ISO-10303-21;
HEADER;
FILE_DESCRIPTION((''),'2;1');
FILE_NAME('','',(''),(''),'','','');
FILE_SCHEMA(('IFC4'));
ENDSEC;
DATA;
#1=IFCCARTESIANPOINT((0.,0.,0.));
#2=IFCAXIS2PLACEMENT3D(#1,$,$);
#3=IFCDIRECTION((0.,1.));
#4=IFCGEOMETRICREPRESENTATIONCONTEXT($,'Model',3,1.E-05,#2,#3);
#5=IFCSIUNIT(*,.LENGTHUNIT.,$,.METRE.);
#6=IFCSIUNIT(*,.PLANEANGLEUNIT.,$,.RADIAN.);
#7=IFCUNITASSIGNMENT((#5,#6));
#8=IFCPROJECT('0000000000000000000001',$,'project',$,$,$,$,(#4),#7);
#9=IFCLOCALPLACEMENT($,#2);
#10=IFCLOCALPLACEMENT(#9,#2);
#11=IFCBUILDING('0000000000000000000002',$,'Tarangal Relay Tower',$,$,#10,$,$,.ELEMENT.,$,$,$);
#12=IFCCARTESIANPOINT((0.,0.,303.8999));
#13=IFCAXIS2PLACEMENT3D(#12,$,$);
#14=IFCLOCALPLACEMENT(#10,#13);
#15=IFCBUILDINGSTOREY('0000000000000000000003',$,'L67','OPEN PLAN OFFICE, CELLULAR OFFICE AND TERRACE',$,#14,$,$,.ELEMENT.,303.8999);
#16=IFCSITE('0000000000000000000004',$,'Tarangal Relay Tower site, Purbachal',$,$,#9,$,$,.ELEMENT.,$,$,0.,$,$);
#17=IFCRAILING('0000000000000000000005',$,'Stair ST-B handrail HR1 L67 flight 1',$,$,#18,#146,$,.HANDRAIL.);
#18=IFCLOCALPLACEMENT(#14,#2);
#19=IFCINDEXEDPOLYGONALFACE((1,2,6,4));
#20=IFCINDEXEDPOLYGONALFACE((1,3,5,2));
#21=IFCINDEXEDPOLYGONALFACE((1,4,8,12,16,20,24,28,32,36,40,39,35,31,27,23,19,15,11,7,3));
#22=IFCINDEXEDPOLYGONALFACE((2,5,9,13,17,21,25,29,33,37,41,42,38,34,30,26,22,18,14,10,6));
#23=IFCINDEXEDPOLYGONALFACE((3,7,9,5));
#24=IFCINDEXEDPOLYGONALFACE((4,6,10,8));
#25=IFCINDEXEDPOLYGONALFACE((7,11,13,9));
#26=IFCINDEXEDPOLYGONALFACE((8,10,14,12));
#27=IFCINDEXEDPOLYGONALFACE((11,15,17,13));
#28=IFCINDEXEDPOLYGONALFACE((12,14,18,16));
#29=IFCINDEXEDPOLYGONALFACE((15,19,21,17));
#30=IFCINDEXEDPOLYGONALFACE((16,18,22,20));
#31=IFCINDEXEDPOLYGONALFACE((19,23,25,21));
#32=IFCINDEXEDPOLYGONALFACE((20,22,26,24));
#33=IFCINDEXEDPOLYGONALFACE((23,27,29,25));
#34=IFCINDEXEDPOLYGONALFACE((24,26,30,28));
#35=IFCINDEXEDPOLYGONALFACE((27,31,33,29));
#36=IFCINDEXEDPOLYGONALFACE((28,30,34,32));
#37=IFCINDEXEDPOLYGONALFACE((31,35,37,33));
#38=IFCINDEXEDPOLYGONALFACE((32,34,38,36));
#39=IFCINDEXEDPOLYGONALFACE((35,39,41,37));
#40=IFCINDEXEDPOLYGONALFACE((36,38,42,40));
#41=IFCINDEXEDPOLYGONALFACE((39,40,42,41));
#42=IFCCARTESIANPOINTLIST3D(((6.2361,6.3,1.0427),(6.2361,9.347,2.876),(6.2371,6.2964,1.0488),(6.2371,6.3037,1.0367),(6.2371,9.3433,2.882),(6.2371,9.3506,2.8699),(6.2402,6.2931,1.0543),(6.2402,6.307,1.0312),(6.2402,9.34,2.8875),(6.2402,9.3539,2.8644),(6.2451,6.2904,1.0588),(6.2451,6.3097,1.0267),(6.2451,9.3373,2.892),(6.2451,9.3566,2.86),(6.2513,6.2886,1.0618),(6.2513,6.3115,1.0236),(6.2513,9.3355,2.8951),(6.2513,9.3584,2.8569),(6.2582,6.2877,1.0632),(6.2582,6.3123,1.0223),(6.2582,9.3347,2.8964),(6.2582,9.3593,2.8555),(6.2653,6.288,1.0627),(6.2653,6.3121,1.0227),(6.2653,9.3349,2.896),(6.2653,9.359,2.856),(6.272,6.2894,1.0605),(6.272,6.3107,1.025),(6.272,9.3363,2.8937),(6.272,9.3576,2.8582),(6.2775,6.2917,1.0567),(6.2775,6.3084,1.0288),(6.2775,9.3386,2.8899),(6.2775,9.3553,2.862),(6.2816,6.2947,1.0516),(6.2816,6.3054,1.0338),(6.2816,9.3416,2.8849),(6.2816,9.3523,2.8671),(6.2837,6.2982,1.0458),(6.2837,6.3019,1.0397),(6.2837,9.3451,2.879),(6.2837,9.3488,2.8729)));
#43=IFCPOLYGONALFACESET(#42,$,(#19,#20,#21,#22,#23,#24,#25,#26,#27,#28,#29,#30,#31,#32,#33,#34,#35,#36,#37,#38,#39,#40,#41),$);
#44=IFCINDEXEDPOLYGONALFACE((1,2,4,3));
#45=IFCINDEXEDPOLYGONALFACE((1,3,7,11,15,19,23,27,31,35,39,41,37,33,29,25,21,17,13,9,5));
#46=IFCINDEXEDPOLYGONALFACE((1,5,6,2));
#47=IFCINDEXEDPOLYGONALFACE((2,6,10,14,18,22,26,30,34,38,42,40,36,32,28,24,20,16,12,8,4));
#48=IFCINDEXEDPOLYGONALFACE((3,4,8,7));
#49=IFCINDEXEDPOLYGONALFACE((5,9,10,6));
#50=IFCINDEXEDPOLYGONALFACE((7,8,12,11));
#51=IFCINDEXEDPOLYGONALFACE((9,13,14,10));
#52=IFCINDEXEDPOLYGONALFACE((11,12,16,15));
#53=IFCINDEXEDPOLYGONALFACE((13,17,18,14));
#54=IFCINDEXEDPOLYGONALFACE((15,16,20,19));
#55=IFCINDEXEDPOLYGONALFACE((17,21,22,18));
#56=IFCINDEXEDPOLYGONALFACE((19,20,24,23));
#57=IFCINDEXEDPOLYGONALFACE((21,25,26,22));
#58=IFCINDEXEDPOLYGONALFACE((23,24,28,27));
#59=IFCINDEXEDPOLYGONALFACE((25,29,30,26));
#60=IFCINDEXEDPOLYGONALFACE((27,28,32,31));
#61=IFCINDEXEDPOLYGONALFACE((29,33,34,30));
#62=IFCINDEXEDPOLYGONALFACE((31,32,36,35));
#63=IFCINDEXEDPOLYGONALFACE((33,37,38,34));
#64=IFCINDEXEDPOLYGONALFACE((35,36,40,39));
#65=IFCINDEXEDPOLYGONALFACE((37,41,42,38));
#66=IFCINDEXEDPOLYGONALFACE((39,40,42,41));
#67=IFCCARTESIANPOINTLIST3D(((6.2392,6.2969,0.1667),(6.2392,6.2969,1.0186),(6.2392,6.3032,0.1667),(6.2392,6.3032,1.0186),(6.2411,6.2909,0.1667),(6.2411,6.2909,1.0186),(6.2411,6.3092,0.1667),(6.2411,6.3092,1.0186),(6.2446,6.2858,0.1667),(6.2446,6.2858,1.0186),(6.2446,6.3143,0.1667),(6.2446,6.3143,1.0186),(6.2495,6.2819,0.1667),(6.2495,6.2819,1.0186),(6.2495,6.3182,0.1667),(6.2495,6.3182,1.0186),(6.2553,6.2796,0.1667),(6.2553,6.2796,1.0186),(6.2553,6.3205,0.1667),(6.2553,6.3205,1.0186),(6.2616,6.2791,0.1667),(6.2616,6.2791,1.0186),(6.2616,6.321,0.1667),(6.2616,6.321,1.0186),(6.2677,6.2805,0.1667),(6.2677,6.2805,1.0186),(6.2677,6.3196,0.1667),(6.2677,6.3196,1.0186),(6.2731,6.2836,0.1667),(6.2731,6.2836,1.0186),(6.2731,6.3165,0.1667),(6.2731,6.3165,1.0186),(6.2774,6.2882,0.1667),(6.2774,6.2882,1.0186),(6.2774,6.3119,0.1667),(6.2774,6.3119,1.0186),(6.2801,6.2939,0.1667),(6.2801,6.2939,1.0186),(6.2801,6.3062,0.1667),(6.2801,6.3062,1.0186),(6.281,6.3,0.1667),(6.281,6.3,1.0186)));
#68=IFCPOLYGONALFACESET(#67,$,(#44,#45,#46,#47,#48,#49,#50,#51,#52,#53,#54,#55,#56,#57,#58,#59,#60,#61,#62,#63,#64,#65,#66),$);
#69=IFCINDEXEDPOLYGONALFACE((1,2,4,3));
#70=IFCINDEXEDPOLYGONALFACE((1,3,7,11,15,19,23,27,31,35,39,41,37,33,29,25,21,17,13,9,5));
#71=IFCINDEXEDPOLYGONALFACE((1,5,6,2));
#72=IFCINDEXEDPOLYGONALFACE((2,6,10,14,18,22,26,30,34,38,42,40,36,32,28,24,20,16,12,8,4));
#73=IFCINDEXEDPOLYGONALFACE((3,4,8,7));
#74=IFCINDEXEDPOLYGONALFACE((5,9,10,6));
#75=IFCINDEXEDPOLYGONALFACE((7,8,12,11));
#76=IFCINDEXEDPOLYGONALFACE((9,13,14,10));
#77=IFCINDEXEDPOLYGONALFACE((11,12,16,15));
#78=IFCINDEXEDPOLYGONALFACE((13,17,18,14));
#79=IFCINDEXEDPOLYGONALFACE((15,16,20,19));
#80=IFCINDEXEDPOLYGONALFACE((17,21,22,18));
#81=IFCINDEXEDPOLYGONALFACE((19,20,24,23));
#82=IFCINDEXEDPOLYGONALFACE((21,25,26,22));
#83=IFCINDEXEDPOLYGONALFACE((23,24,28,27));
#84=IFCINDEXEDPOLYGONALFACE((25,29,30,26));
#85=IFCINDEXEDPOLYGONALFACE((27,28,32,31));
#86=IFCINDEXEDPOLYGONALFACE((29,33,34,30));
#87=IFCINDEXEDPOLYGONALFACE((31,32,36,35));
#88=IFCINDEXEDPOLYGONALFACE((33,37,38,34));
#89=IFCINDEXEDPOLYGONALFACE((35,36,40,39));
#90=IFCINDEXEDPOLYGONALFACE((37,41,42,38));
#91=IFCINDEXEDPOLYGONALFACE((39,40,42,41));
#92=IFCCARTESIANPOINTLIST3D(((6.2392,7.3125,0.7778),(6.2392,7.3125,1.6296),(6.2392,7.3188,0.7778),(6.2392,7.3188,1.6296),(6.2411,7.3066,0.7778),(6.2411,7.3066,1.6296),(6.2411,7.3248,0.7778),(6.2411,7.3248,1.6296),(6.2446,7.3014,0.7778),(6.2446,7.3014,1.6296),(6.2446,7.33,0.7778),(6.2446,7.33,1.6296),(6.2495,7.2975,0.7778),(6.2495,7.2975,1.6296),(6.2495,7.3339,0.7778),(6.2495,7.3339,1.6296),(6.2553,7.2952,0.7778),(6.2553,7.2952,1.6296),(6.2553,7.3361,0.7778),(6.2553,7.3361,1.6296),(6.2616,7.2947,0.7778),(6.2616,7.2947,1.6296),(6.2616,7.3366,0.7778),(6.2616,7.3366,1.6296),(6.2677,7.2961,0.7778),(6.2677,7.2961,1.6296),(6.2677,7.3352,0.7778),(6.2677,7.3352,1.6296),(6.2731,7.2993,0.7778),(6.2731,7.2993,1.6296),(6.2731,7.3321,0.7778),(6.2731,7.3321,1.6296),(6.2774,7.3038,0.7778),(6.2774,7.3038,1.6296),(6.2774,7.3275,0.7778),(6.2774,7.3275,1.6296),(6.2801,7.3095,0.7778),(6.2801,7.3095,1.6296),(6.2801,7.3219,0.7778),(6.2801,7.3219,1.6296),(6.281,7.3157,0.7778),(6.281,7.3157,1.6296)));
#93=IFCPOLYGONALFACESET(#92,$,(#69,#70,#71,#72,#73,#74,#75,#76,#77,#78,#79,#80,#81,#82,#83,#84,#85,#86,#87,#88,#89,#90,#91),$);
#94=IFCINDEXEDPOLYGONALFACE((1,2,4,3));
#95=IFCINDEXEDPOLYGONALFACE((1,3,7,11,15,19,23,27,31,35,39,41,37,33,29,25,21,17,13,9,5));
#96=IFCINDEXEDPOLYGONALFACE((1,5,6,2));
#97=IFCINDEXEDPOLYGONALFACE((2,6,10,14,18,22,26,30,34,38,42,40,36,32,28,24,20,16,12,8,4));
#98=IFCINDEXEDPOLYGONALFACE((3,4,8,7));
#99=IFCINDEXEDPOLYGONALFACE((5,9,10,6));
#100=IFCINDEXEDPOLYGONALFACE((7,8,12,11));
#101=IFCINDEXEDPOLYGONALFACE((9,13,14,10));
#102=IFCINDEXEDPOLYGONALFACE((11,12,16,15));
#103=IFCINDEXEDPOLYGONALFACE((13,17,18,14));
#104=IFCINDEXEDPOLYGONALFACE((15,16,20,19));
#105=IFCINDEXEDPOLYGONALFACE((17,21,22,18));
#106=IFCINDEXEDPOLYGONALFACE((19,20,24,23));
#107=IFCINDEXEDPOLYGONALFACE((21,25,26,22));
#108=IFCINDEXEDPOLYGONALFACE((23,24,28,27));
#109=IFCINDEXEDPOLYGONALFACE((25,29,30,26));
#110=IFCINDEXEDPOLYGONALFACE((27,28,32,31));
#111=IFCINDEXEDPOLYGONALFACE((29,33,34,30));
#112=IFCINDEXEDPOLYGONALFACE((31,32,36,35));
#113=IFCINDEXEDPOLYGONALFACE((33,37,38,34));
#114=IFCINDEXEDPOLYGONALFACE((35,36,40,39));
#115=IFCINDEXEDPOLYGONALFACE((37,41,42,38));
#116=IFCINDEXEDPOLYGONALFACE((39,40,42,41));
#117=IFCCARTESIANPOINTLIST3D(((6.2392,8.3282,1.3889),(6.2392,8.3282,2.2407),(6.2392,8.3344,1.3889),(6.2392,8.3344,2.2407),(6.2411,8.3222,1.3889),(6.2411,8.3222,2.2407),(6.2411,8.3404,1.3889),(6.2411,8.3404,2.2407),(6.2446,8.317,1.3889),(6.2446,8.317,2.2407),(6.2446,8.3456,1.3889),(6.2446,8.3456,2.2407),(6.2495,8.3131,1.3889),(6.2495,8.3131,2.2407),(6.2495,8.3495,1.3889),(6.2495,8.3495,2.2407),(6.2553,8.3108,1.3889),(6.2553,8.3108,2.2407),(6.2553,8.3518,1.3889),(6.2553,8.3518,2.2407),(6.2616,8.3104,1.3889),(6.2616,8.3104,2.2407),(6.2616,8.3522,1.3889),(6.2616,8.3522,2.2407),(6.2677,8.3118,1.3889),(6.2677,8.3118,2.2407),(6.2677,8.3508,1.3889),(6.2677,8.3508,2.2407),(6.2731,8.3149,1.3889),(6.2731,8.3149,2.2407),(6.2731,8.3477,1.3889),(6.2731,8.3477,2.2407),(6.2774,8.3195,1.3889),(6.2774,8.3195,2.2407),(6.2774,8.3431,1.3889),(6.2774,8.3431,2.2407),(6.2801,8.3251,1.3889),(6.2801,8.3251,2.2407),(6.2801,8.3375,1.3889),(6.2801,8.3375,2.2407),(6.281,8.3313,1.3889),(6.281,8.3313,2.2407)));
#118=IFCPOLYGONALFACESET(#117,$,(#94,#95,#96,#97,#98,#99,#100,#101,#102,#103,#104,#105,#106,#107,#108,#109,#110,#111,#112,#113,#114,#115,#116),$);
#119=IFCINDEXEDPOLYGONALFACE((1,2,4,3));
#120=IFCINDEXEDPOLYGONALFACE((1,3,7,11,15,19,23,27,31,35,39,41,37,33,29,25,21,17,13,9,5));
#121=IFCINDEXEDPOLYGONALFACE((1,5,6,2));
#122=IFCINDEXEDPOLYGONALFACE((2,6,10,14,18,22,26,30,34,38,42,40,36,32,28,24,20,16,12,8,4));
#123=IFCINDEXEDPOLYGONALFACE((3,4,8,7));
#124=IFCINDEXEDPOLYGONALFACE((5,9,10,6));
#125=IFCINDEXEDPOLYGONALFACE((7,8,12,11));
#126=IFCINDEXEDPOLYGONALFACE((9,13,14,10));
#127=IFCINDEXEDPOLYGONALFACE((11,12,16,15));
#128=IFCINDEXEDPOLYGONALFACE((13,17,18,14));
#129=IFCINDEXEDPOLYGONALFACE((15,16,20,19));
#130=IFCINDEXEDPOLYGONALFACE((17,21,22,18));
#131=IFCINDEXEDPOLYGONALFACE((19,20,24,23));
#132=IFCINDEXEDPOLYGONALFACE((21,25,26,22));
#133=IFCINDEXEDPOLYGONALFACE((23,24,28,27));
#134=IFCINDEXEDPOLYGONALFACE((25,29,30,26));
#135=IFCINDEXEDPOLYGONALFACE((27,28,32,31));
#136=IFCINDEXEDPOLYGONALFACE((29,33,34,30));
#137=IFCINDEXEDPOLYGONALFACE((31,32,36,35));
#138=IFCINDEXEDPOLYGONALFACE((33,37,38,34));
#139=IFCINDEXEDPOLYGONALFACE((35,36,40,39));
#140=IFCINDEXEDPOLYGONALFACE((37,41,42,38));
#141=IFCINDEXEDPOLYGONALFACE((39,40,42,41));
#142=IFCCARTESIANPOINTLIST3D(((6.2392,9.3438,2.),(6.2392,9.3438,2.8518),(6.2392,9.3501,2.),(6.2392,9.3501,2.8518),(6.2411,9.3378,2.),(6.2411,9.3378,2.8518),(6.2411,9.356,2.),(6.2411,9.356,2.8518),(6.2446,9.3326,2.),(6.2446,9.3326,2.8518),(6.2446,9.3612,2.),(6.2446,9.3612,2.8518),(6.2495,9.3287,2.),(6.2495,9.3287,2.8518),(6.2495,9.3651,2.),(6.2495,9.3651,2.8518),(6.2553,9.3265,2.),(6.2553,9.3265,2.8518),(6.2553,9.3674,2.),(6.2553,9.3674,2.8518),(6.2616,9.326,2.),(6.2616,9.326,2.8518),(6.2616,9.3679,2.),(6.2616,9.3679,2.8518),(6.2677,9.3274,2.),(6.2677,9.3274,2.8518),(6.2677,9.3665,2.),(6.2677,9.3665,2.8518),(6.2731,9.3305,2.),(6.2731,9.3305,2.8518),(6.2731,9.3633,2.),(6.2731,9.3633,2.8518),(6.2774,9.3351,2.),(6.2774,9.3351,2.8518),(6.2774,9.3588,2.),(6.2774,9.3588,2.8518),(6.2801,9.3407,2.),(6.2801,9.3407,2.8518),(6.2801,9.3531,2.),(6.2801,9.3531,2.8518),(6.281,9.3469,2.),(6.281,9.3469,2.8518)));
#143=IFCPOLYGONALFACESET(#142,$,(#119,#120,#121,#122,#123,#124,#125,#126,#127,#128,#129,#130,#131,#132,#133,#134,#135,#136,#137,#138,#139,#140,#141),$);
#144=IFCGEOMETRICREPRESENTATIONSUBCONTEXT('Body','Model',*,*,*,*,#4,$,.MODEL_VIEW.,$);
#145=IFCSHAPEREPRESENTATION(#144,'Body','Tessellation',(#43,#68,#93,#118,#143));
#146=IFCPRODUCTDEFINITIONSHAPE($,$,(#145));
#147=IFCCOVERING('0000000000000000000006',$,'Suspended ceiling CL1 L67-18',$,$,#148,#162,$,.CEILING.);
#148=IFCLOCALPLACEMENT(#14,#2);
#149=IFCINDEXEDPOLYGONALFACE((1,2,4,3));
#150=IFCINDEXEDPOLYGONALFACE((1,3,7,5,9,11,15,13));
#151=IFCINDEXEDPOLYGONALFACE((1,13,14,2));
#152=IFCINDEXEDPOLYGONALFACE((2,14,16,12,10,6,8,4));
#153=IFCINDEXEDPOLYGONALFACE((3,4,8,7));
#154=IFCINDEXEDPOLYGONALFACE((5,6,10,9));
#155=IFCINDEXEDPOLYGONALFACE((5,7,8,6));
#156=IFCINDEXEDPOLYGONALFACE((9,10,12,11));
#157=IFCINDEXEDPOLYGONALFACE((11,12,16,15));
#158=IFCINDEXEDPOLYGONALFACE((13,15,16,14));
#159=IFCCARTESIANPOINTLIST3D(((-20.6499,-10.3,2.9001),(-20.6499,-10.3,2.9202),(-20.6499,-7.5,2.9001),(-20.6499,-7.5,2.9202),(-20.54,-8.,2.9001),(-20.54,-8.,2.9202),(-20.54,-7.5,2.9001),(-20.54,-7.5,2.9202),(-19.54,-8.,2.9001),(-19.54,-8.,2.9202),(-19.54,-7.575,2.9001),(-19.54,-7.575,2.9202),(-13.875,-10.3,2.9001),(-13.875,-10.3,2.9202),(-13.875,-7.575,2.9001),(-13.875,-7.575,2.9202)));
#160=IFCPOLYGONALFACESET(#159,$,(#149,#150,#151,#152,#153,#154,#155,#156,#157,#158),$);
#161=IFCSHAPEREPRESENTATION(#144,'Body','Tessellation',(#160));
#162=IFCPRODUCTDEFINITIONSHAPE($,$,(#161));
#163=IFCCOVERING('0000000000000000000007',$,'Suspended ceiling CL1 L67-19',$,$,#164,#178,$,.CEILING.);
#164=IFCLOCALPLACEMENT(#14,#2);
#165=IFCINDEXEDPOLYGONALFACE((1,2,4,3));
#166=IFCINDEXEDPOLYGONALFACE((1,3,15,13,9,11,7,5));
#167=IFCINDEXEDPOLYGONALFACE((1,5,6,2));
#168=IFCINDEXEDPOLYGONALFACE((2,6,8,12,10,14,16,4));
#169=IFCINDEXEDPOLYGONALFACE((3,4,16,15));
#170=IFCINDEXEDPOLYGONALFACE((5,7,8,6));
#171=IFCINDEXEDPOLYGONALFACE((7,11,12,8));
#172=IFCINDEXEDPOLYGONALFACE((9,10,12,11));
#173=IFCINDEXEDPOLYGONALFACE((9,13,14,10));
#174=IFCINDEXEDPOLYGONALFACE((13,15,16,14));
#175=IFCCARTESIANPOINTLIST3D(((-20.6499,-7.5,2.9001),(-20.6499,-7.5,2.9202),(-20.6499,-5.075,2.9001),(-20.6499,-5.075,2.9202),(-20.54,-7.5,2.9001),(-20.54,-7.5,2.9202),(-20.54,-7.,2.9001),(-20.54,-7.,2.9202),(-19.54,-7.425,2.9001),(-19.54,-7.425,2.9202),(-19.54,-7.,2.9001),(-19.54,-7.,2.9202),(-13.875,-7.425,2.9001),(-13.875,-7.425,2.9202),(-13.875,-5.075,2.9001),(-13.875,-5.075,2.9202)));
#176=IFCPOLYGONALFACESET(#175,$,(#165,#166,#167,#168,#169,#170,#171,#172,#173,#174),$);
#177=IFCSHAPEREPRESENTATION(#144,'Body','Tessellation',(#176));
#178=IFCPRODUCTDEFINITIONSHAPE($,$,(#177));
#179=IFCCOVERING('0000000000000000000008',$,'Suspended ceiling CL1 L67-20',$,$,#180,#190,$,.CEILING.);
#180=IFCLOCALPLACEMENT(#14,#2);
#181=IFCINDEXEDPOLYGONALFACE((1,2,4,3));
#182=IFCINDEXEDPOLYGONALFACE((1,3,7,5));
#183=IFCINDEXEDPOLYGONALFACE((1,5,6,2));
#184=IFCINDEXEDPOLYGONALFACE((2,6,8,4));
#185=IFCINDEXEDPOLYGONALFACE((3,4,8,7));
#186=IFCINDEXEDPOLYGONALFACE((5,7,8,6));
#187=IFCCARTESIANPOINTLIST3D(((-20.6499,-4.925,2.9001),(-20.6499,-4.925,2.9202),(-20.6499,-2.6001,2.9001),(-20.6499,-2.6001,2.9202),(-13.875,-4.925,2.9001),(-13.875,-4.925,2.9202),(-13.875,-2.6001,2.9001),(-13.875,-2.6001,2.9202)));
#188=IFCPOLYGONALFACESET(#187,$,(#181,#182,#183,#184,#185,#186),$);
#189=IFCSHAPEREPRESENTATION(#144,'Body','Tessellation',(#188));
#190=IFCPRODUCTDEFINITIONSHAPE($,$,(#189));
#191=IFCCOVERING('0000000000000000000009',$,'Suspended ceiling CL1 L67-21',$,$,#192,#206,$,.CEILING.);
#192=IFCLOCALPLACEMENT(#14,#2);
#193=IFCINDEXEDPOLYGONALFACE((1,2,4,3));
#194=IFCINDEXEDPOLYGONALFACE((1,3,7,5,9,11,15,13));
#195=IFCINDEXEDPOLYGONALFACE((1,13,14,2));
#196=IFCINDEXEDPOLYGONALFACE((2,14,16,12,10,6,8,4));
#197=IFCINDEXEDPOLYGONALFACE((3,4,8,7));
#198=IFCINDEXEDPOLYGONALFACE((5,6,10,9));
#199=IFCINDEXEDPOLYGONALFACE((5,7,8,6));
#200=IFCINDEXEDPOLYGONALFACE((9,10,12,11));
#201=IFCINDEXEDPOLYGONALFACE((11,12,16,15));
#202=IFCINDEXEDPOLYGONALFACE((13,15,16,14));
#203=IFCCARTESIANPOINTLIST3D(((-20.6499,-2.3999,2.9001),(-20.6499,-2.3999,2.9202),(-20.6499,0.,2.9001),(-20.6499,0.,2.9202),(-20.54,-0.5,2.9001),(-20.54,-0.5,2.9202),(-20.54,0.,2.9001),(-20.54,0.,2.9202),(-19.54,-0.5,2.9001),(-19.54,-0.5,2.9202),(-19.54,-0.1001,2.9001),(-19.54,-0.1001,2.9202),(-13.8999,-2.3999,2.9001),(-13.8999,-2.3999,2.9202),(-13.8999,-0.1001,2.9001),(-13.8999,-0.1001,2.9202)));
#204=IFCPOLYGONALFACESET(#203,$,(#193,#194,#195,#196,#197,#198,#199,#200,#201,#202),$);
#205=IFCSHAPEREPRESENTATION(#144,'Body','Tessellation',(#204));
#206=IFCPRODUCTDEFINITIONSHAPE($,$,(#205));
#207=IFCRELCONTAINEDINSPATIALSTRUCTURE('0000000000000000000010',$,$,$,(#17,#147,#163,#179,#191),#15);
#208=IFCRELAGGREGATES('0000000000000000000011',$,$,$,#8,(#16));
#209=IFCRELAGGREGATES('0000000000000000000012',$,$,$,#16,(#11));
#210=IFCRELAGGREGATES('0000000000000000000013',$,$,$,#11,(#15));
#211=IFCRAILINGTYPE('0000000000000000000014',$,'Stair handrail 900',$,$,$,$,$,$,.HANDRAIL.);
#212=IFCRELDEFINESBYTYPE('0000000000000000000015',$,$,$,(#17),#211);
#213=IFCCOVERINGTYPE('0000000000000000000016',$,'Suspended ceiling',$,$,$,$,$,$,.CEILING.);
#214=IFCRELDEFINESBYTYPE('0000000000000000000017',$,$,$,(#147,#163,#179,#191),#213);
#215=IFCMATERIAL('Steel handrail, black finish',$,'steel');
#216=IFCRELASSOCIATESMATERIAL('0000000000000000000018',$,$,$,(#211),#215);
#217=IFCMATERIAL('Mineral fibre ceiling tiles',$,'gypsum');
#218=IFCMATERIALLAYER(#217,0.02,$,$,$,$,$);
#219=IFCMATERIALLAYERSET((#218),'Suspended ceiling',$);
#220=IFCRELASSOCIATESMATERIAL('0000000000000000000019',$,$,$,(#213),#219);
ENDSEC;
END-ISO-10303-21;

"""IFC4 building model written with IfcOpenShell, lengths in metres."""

from ifc_helpers import new_model, si_unit, direction, frame, origin, origin_2d, place, context, subcontext, project, spatial, polyline, circle, outline, extrude, material, layer, layer_set, type_object, element, save


model = new_model("IFC4")

# Units and contexts
model_context = context("Model", 3, precision=1e-05, world=origin(), true_north=direction((0.0, 1.0)))
body_context = subcontext(model_context, "Body", "Model", "MODEL_VIEW")
ifc_project = project(units=[si_unit("LENGTHUNIT", "METRE"), si_unit("PLANEANGLEUNIT", "RADIAN")], contexts=[model_context])

# Site, building, storey
site_placement = place(None, origin())
site = spatial("IfcSite", under=ifc_project, at=site_placement, Name="Tarangal Relay Tower site, Purbachal", CompositionType="ELEMENT", RefElevation=0.0)
building_placement = place(site_placement, origin())
building = spatial("IfcBuilding", under=site, at=building_placement, Name="Tarangal Relay Tower", CompositionType="ELEMENT")
storey_placement = place(building_placement, frame((0.0, 0.0, 303.8999)))
storey = spatial("IfcBuildingStorey", under=building, at=storey_placement, Name="L67", Description="OPEN PLAN OFFICE, CELLULAR OFFICE AND TERRACE", CompositionType="ELEMENT", Elevation=303.8999)

# Railing
ifc_material_1 = material(Name="Steel handrail, black finish", Category="steel")
railing_type_1 = type_object("IfcRailingType", Name="Stair handrail 900", PredefinedType="HANDRAIL", material=ifc_material_1)
railing_1_placement = place(storey_placement, frame((6.26, 6.3, 0.1667)))
element("IfcRailing", 1, at=railing_1_placement, inside=storey, type_object=railing_type_1, Name="Stair ST-B handrail HR1 L67 flight 1", PredefinedType="HANDRAIL", context=body_context, shape_type="SweptSolid", body=[
    extrude(circle(Radius=0.0239, at=origin_2d()), frame((0.0, 0.0, 0.876), z_axis=(0.0, 0.856856, 0.515556), x_axis=(-1.0, 0.0, 0.0)), (0.0, 0.0, 1.0), 3.5559),
    extrude(circle(Radius=0.021, at=origin_2d()), origin(), (0.0, 0.0, 1.0), 0.8518),
    extrude(circle(Radius=0.021, at=origin_2d()), frame((0.0, 1.0156, 0.6111)), (0.0, 0.0, 1.0), 0.8518),
    extrude(circle(Radius=0.021, at=origin_2d()), frame((0.0, 2.0312, 1.2222)), (0.0, 0.0, 1.0), 0.8518),
    extrude(circle(Radius=0.021, at=origin_2d()), frame((0.0, 3.0469, 1.8333)), (0.0, 0.0, 1.0), 0.8518),
])

# Coverings
ifc_material_2 = material(Name="Mineral fibre ceiling tiles", Category="gypsum")
ifc_layer_1 = layer(ifc_material_2, 0.02)
ifc_layer_set_1 = layer_set([ifc_layer_1], Name="Suspended ceiling")
covering_type = type_object("IfcCoveringType", Name="Suspended ceiling", PredefinedType="CEILING", material=ifc_layer_set_1)
covering_1_placement = place(storey_placement, frame((0.0, 0.0, 2.9001)))
element("IfcCovering", 2, at=covering_1_placement, inside=storey, type_object=covering_type, Name="Suspended ceiling CL1 L67-18", PredefinedType="CEILING", context=body_context, shape_type="SweptSolid", body=[
    extrude(outline(polyline([(-20.6499, -7.5), (-20.6499, -10.3), (-13.875, -10.3), (-13.875, -7.575), (-19.54, -7.575), (-19.54, -8.0), (-20.54, -8.0), (-20.54, -7.5), (-20.6499, -7.5)])), origin(), (0.0, 0.0, 1.0), 0.02),
])
covering_2_placement = place(storey_placement, frame((0.0, 0.0, 2.9001)))
element("IfcCovering", 3, at=covering_2_placement, inside=storey, type_object=covering_type, Name="Suspended ceiling CL1 L67-19", PredefinedType="CEILING", context=body_context, shape_type="SweptSolid", body=[
    extrude(outline(polyline([(-20.6499, -5.075), (-20.6499, -7.5), (-20.54, -7.5), (-20.54, -7.0), (-19.54, -7.0), (-19.54, -7.425), (-13.875, -7.425), (-13.875, -5.075), (-20.6499, -5.075)])), origin(), (0.0, 0.0, 1.0), 0.02),
])
covering_3_placement = place(storey_placement, frame((0.0, 0.0, 2.9001)))
element("IfcCovering", 4, at=covering_3_placement, inside=storey, type_object=covering_type, Name="Suspended ceiling CL1 L67-20", PredefinedType="CEILING", context=body_context, shape_type="SweptSolid", body=[
    extrude(outline(polyline([(-20.6499, -4.925), (-13.875, -4.925), (-13.875, -2.6001), (-20.6499, -2.6001), (-20.6499, -4.925)])), origin(), (0.0, 0.0, 1.0), 0.02),
])
covering_4_placement = place(storey_placement, frame((0.0, 0.0, 2.9001)))
element("IfcCovering", 5, at=covering_4_placement, inside=storey, type_object=covering_type, Name="Suspended ceiling CL1 L67-21", PredefinedType="CEILING", context=body_context, shape_type="SweptSolid", body=[
    extrude(outline(polyline([(-20.6499, 0.0), (-20.6499, -2.3999), (-13.8999, -2.3999), (-13.8999, -0.1001), (-19.54, -0.1001), (-19.54, -0.5), (-20.54, -0.5), (-20.54, 0.0), (-20.6499, 0.0)])), origin(), (0.0, 0.0, 1.0), 0.02),
])

save(model, "model.ifc")
